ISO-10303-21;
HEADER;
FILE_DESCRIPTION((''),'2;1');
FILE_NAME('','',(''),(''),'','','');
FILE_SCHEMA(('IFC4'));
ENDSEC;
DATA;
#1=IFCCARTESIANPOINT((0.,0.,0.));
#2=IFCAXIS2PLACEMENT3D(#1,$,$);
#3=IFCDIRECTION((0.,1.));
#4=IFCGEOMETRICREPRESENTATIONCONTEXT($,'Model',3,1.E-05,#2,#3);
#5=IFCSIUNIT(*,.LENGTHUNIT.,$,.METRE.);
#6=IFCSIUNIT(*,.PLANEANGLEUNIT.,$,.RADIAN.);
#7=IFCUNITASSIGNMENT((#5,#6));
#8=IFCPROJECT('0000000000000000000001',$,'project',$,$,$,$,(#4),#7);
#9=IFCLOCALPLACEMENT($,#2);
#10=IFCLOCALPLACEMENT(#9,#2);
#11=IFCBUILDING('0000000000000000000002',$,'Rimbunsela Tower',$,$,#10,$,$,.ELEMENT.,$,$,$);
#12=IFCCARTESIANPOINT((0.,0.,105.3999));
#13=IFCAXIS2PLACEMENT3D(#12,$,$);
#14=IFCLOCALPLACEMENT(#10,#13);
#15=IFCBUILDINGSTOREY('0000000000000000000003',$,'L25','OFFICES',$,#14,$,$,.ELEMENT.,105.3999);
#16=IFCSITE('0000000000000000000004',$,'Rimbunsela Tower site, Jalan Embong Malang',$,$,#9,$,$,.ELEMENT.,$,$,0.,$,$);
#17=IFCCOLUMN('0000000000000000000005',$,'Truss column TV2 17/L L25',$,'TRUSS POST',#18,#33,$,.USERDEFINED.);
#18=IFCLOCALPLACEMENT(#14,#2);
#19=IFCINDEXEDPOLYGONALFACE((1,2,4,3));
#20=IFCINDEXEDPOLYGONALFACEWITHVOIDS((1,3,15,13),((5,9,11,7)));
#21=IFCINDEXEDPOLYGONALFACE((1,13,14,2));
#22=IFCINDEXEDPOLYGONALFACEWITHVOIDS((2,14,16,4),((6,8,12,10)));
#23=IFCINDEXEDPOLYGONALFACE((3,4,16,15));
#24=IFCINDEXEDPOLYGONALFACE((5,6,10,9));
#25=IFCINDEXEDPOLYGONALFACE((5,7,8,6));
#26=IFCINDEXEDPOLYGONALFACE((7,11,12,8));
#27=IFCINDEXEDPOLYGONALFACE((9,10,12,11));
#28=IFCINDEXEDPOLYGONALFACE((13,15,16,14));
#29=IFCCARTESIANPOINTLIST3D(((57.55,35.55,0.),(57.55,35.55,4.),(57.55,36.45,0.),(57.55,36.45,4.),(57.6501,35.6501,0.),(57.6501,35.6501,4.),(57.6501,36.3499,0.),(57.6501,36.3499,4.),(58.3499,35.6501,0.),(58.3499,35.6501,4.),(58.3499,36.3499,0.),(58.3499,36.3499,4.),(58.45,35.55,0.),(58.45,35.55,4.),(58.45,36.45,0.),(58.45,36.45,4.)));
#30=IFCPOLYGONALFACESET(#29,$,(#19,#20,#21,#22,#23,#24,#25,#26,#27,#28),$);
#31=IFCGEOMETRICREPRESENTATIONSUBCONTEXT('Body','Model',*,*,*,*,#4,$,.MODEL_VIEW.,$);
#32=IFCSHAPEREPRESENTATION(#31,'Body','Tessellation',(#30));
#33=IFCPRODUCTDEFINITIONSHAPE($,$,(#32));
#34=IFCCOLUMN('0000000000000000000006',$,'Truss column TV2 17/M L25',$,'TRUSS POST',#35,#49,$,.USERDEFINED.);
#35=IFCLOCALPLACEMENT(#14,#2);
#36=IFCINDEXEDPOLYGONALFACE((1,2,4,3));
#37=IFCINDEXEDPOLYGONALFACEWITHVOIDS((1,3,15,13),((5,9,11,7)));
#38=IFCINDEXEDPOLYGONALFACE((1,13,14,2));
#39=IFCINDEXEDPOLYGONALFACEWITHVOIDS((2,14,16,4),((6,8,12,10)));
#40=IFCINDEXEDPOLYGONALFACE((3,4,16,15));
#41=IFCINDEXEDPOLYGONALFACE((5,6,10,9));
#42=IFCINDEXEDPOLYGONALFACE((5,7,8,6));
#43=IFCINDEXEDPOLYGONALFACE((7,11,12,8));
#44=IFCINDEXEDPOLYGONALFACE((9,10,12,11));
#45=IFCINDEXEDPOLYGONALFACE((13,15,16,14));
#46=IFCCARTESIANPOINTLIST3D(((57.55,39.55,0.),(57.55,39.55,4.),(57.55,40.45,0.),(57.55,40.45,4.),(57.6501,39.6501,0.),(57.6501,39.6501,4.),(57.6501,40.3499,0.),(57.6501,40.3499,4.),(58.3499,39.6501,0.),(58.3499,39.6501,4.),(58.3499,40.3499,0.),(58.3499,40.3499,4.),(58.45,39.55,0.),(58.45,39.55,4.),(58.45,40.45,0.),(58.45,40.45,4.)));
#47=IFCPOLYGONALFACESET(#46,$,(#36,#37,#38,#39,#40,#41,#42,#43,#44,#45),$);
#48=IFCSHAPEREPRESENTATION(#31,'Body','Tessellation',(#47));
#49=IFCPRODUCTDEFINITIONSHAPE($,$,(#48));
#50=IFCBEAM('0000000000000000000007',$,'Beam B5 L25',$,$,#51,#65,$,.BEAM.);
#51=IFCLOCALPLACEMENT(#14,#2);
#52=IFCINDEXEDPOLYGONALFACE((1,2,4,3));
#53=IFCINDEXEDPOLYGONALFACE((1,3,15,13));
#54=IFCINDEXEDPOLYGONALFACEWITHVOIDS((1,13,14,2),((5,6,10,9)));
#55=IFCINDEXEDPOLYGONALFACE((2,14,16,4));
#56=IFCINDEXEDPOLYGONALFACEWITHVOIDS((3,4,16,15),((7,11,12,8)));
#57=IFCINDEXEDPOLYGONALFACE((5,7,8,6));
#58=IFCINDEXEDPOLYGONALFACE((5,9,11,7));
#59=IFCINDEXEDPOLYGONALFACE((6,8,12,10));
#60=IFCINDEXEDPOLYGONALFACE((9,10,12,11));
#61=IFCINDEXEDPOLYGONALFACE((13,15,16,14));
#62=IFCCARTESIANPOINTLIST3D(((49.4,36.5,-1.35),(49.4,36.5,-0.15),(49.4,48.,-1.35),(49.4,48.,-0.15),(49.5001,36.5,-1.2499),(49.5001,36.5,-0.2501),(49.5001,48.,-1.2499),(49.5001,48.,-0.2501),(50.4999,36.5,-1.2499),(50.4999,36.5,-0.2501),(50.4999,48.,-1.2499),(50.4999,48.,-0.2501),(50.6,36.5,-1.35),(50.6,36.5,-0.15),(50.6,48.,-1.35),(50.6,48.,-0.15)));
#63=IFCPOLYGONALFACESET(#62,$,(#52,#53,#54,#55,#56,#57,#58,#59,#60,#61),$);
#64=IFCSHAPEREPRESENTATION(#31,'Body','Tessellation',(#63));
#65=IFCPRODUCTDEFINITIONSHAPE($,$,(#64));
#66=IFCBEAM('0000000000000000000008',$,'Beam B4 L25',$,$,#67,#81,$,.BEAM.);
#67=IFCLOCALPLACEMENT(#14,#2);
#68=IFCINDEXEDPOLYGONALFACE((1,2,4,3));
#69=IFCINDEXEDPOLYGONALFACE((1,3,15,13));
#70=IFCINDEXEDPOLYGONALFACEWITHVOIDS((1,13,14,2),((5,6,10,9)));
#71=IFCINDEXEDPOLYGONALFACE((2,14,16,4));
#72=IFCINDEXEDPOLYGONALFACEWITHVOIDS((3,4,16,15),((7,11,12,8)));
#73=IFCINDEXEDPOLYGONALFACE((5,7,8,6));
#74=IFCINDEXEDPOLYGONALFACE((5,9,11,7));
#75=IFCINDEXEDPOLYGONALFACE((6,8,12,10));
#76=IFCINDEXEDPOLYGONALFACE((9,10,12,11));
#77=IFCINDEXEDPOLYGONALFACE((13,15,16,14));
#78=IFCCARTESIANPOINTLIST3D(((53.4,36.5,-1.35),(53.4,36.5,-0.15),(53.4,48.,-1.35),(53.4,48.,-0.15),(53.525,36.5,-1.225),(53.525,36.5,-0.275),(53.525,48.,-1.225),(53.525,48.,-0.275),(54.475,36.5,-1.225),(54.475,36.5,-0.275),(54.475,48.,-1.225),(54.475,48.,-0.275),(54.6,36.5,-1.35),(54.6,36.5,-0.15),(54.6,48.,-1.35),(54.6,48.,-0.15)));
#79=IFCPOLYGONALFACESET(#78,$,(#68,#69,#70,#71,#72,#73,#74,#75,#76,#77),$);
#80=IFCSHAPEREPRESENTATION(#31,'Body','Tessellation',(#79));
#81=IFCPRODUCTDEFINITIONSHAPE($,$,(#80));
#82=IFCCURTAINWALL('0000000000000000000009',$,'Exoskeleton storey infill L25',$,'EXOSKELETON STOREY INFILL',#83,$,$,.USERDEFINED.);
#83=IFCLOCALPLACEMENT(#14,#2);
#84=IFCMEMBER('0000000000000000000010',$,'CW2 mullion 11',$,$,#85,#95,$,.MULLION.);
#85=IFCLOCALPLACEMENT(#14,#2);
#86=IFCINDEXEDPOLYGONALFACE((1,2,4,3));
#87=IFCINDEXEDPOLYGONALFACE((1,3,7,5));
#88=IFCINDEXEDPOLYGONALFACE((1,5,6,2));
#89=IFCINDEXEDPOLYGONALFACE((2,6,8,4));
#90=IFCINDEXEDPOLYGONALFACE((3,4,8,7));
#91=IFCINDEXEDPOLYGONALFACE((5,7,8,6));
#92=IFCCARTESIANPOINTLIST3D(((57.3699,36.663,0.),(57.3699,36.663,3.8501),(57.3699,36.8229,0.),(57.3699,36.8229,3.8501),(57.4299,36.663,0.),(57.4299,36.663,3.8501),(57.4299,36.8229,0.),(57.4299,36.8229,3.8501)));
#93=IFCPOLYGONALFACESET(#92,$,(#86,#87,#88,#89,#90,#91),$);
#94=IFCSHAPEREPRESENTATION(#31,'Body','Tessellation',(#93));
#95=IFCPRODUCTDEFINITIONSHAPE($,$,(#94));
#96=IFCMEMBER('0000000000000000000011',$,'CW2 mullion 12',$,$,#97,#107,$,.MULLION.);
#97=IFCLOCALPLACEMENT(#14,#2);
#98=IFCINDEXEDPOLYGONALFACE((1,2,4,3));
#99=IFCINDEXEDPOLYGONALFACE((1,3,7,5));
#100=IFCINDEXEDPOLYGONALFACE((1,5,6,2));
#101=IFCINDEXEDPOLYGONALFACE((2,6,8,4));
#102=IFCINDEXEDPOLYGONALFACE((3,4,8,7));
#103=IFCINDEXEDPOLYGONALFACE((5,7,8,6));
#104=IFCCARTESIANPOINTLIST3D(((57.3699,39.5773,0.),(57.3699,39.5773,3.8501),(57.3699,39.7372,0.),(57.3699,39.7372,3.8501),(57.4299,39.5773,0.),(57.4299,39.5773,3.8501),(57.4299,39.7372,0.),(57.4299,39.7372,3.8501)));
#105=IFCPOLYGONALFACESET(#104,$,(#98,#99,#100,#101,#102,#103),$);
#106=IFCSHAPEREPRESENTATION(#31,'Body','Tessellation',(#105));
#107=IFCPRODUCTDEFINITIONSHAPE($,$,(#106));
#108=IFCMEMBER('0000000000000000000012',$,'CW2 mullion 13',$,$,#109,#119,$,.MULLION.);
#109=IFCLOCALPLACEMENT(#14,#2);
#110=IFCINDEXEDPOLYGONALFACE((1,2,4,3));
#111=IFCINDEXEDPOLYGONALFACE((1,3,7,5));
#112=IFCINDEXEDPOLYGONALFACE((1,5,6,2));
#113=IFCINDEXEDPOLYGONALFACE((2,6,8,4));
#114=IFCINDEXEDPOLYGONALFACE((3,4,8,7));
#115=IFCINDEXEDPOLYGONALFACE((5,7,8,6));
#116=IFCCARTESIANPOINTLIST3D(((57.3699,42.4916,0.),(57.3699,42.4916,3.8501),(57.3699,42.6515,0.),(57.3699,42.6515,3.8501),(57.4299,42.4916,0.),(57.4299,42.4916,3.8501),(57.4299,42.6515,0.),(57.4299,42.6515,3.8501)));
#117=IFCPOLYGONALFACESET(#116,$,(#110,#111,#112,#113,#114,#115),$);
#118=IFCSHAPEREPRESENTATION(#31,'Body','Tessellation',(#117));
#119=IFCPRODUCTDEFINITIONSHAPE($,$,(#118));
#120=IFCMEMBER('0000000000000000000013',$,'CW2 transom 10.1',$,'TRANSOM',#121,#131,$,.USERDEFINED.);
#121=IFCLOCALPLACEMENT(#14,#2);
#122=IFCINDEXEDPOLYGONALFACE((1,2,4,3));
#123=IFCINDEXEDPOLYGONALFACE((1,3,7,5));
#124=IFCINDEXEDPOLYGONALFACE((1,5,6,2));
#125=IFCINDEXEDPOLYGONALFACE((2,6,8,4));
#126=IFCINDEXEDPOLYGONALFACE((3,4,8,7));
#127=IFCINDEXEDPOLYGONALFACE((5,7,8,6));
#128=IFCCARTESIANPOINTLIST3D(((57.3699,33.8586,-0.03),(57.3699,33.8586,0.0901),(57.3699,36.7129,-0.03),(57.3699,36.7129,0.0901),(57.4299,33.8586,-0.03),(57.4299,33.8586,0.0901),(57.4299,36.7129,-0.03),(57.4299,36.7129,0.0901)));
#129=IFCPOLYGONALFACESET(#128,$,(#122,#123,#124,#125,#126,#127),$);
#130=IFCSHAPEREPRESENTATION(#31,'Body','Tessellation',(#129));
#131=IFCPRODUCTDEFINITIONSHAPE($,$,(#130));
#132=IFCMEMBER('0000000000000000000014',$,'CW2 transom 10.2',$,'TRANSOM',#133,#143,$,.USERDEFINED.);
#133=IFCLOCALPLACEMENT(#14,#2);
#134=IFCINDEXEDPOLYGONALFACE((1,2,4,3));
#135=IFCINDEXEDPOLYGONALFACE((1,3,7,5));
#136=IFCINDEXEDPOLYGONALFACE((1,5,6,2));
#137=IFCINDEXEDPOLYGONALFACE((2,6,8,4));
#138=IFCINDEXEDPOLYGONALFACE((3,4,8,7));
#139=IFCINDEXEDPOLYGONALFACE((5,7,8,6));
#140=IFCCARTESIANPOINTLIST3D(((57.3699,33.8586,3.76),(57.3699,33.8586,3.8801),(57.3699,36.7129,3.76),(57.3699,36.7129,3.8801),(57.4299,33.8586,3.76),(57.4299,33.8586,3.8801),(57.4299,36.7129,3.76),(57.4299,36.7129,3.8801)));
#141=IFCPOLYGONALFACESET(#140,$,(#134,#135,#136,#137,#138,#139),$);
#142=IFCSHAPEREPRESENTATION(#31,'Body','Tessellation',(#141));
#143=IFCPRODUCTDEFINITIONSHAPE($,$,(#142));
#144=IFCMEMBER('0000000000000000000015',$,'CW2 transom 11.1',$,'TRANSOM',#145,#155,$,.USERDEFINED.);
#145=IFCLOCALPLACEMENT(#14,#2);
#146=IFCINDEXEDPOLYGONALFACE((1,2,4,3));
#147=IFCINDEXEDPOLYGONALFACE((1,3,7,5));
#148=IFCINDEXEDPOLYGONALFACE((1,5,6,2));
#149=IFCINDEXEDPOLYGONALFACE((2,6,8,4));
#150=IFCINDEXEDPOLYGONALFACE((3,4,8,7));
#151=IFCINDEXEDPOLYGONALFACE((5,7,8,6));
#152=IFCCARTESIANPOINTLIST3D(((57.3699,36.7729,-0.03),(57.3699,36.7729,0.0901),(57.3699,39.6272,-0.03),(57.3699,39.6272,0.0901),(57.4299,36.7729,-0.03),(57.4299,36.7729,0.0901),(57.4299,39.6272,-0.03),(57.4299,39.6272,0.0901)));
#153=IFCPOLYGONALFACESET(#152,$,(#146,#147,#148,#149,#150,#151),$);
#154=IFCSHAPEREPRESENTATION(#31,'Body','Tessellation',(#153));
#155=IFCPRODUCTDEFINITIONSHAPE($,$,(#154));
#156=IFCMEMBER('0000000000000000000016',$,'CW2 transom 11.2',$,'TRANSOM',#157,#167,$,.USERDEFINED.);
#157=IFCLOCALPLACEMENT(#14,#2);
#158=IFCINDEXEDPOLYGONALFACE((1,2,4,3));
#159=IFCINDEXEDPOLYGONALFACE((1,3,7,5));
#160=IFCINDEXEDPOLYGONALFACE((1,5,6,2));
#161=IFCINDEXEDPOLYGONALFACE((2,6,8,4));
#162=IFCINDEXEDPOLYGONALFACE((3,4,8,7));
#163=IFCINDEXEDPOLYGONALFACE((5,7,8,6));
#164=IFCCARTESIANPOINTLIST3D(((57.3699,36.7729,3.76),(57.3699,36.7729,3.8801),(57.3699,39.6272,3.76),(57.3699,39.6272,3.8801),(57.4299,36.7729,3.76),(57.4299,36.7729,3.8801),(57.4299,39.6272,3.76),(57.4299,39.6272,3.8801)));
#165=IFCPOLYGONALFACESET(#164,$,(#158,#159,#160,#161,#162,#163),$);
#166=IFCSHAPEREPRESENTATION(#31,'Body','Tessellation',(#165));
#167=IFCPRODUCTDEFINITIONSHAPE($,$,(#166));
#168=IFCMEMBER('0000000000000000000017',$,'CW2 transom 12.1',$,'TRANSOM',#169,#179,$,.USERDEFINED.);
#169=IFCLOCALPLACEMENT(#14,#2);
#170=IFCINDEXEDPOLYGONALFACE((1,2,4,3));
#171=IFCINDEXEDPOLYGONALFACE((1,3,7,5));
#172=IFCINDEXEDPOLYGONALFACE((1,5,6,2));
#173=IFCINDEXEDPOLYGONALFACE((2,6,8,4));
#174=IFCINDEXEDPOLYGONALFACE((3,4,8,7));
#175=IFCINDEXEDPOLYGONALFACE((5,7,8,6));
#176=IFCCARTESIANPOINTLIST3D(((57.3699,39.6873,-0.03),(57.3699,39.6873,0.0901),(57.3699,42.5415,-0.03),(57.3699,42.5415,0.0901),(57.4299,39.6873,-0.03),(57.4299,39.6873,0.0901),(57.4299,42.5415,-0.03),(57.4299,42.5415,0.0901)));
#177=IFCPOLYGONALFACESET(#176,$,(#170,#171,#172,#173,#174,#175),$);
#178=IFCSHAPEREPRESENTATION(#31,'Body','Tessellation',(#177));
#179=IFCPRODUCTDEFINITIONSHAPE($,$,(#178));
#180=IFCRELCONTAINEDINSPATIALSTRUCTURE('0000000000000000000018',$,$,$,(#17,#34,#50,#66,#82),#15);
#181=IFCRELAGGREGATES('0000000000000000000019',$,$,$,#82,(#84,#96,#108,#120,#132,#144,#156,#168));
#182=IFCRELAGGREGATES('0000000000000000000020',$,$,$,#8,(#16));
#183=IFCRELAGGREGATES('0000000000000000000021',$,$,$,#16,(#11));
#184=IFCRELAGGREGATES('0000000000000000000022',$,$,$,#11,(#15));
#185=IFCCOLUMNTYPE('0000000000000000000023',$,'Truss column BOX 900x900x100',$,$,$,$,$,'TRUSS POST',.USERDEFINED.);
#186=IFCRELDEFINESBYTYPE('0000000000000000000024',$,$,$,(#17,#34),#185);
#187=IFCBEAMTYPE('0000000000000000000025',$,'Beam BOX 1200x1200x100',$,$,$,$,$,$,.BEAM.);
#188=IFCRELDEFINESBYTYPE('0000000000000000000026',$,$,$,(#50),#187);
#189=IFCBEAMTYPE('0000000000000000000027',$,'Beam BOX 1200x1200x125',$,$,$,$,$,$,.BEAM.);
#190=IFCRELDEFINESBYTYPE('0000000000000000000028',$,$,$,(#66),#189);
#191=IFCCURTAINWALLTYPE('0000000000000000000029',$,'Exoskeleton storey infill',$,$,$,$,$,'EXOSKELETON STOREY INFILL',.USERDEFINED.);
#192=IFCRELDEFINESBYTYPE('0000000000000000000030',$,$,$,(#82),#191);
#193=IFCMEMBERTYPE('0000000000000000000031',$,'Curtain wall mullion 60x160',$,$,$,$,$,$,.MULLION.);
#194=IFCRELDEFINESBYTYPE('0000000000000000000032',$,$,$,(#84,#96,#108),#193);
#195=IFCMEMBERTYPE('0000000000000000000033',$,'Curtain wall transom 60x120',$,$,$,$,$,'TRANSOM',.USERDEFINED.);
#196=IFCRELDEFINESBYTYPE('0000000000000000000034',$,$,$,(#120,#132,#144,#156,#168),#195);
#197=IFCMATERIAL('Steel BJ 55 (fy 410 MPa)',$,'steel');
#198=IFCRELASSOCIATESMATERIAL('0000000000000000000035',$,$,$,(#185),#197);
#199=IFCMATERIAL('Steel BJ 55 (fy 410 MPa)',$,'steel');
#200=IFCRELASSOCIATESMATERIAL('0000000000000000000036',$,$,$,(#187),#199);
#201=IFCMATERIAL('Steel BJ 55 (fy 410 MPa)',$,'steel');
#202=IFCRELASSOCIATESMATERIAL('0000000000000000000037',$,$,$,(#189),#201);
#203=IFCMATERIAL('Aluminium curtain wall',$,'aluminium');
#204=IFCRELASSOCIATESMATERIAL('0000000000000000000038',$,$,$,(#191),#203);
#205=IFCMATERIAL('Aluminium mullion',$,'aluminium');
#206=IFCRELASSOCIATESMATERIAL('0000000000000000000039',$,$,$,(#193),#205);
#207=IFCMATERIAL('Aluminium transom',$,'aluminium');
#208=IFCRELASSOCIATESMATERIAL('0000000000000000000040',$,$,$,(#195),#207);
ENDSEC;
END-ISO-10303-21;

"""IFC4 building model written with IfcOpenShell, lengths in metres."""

from ifc_helpers import new_model, si_unit, direction, frame, origin, origin_2d, place, context, subcontext, project, spatial, rectangle, hollow_rectangle, extrude, material, material_profile, profile_set, type_object, element, aggregate, save


model = new_model("IFC4")

# Units and contexts
model_context = context("Model", 3, precision=1e-05, world=origin(), true_north=direction((0.0, 1.0)))
body_context = subcontext(model_context, "Body", "Model", "MODEL_VIEW")
ifc_project = project(units=[si_unit("LENGTHUNIT", "METRE"), si_unit("PLANEANGLEUNIT", "RADIAN")], contexts=[model_context])

# Site, building, storey
site_placement = place(None, origin())
site = spatial("IfcSite", under=ifc_project, at=site_placement, Name="Rimbunsela Tower site, Jalan Embong Malang", CompositionType="ELEMENT", RefElevation=0.0)
building_placement = place(site_placement, origin())
building = spatial("IfcBuilding", under=site, at=building_placement, Name="Rimbunsela Tower", CompositionType="ELEMENT")
storey_placement = place(building_placement, frame((0.0, 0.0, 105.3999)))
storey = spatial("IfcBuildingStorey", under=building, at=storey_placement, Name="L25", Description="OFFICES", CompositionType="ELEMENT", Elevation=105.3999)

# Columns
ifc_material_1 = material(Name="Steel BJ 55 (fy 410 MPa)", Category="steel")
ifc_material_profile_1 = material_profile(ifc_material_1, hollow_rectangle(XDim=0.8999, YDim=0.8999, WallThickness=0.1001, at=origin_2d()), Name="BOX 900x900x100")
ifc_profile_set_1 = profile_set([ifc_material_profile_1], Name="Steel BJ 55 (fy 410 MPa)")
column_type = type_object("IfcColumnType", Name="Truss column BOX 900x900x100", ElementType="TRUSS POST", PredefinedType="USERDEFINED", material=ifc_profile_set_1)
for number, where, z_axis, x_axis, name in (
    (1, (58.0, 36.0, 0.0), (0.0, 0.0, 1.0), (1.0, 0.0, 0.0), "Truss column TV2 17/L L25"),
    (2, (58.0, 40.0, 0.0), (0.0, 0.0, 1.0), (1.0, 0.0, 0.0), "Truss column TV2 17/M L25"),
):
    element("IfcColumn", number, at=place(storey_placement, frame(where, z_axis=z_axis, x_axis=x_axis)), inside=storey, type_object=column_type, Name=name, ObjectType="TRUSS POST", PredefinedType="USERDEFINED", context=body_context, shape_type="SweptSolid", body=[
        extrude(hollow_rectangle(XDim=0.8999, YDim=0.8999, WallThickness=0.1001, at=origin_2d()), origin(), (0.0, 0.0, 1.0), 4.0),
    ])

# Beams
ifc_material_2 = material(Name="Steel BJ 55 (fy 410 MPa)", Category="steel")
ifc_material_profile_2 = material_profile(ifc_material_2, hollow_rectangle(XDim=1.2, YDim=1.2, WallThickness=0.1001, at=origin_2d()), Name="BOX 1200x1200x100")
ifc_profile_set_2 = profile_set([ifc_material_profile_2], Name="Steel BJ 55 (fy 410 MPa)")
beam_type_1 = type_object("IfcBeamType", Name="Beam BOX 1200x1200x100", PredefinedType="BEAM", material=ifc_profile_set_2)
beam_1_placement = place(storey_placement, frame((50.0, 36.5, -0.75), z_axis=(0.0, 1.0, 0.0), x_axis=(-1.0, 0.0, 0.0)))
element("IfcBeam", 3, at=beam_1_placement, inside=storey, type_object=beam_type_1, Name="Beam B5 L25", PredefinedType="BEAM", context=body_context, shape_type="SweptSolid", body=[
    extrude(hollow_rectangle(XDim=1.2, YDim=1.2, WallThickness=0.1001, at=origin_2d()), origin(), (0.0, 0.0, 1.0), 11.5),
])
ifc_material_3 = material(Name="Steel BJ 55 (fy 410 MPa)", Category="steel")
ifc_material_profile_3 = material_profile(ifc_material_3, hollow_rectangle(XDim=1.2, YDim=1.2, WallThickness=0.125, at=origin_2d()), Name="BOX 1200x1200x125")
ifc_profile_set_3 = profile_set([ifc_material_profile_3], Name="Steel BJ 55 (fy 410 MPa)")
beam_type_2 = type_object("IfcBeamType", Name="Beam BOX 1200x1200x125", PredefinedType="BEAM", material=ifc_profile_set_3)
beam_2_placement = place(storey_placement, frame((54.0, 36.5, -0.75), z_axis=(0.0, 1.0, 0.0), x_axis=(-1.0, 0.0, 0.0)))
element("IfcBeam", 4, at=beam_2_placement, inside=storey, type_object=beam_type_2, Name="Beam B4 L25", PredefinedType="BEAM", context=body_context, shape_type="SweptSolid", body=[
    extrude(hollow_rectangle(XDim=1.2, YDim=1.2, WallThickness=0.125, at=origin_2d()), origin(), (0.0, 0.0, 1.0), 11.5),
])

# Curtain wall, members
ifc_material_4 = material(Name="Aluminium curtain wall", Category="aluminium")
curtain_wall_type = type_object("IfcCurtainWallType", Name="Exoskeleton storey infill", ElementType="EXOSKELETON STOREY INFILL", PredefinedType="USERDEFINED", material=ifc_material_4)
curtain_wall_placement = place(storey_placement, origin())
curtain_wall = element("IfcCurtainWall", 5, at=curtain_wall_placement, inside=storey, type_object=curtain_wall_type, Name="Exoskeleton storey infill L25", ObjectType="EXOSKELETON STOREY INFILL", PredefinedType="USERDEFINED")
ifc_material_5 = material(Name="Aluminium mullion", Category="aluminium")
ifc_material_profile_4 = material_profile(ifc_material_5, rectangle(XDim=0.0601, YDim=0.1599, at=origin_2d()), Name="Mullion 60x160")
ifc_profile_set_4 = profile_set([ifc_material_profile_4], Name="Aluminium mullion")
member_type_1 = type_object("IfcMemberType", Name="Curtain wall mullion 60x160", PredefinedType="MULLION", material=ifc_profile_set_4)
member_1_placement = place(storey_placement, frame((57.3999, 36.7429, 0.0), z_axis=(0.0, 0.0, 1.0), x_axis=(-1.0, 0.0, 0.0)))
member_1 = element("IfcMember", 6, at=member_1_placement, type_object=member_type_1, Name="CW2 mullion 11", PredefinedType="MULLION", context=body_context, shape_type="SweptSolid", body=[
    extrude(rectangle(XDim=0.0601, YDim=0.1599, at=origin_2d()), origin(), (0.0, 0.0, 1.0), 3.8501),
])
member_2_placement = place(storey_placement, frame((57.3999, 39.6572, 0.0), z_axis=(0.0, 0.0, 1.0), x_axis=(-1.0, 0.0, 0.0)))
member_2 = element("IfcMember", 7, at=member_2_placement, type_object=member_type_1, Name="CW2 mullion 12", PredefinedType="MULLION", context=body_context, shape_type="SweptSolid", body=[
    extrude(rectangle(XDim=0.0601, YDim=0.1599, at=origin_2d()), origin(), (0.0, 0.0, 1.0), 3.8501),
])
member_3_placement = place(storey_placement, frame((57.3999, 42.5715, 0.0), z_axis=(0.0, 0.0, 1.0), x_axis=(-1.0, 0.0, 0.0)))
member_3 = element("IfcMember", 8, at=member_3_placement, type_object=member_type_1, Name="CW2 mullion 13", PredefinedType="MULLION", context=body_context, shape_type="SweptSolid", body=[
    extrude(rectangle(XDim=0.0601, YDim=0.1599, at=origin_2d()), origin(), (0.0, 0.0, 1.0), 3.8501),
])
ifc_material_6 = material(Name="Aluminium transom", Category="aluminium")
ifc_material_profile_5 = material_profile(ifc_material_6, rectangle(XDim=0.0601, YDim=0.1201, at=origin_2d()), Name="Transom 60x120")
ifc_profile_set_5 = profile_set([ifc_material_profile_5], Name="Aluminium transom")
member_type_2 = type_object("IfcMemberType", Name="Curtain wall transom 60x120", ElementType="TRANSOM", PredefinedType="USERDEFINED", material=ifc_profile_set_5)
member_4_placement = place(storey_placement, frame((57.3999, 33.8586, 0.03), z_axis=(0.0, 1.0, 0.0), x_axis=(-1.0, 0.0, 0.0)))
member_4 = element("IfcMember", 9, at=member_4_placement, type_object=member_type_2, Name="CW2 transom 10.1", ObjectType="TRANSOM", PredefinedType="USERDEFINED", context=body_context, shape_type="SweptSolid", body=[
    extrude(rectangle(XDim=0.0601, YDim=0.1201, at=origin_2d()), origin(), (0.0, 0.0, 1.0), 2.8542),
])
member_5_placement = place(storey_placement, frame((57.3999, 33.8586, 3.8201), z_axis=(0.0, 1.0, 0.0), x_axis=(-1.0, 0.0, 0.0)))
member_5 = element("IfcMember", 10, at=member_5_placement, type_object=member_type_2, Name="CW2 transom 10.2", ObjectType="TRANSOM", PredefinedType="USERDEFINED", context=body_context, shape_type="SweptSolid", body=[
    extrude(rectangle(XDim=0.0601, YDim=0.1201, at=origin_2d()), origin(), (0.0, 0.0, 1.0), 2.8542),
])
member_6_placement = place(storey_placement, frame((57.3999, 36.7729, 0.03), z_axis=(0.0, 1.0, 0.0), x_axis=(-1.0, 0.0, 0.0)))
member_6 = element("IfcMember", 11, at=member_6_placement, type_object=member_type_2, Name="CW2 transom 11.1", ObjectType="TRANSOM", PredefinedType="USERDEFINED", context=body_context, shape_type="SweptSolid", body=[
    extrude(rectangle(XDim=0.0601, YDim=0.1201, at=origin_2d()), origin(), (0.0, 0.0, 1.0), 2.8542),
])
member_7_placement = place(storey_placement, frame((57.3999, 36.7729, 3.8201), z_axis=(0.0, 1.0, 0.0), x_axis=(-1.0, 0.0, 0.0)))
member_7 = element("IfcMember", 12, at=member_7_placement, type_object=member_type_2, Name="CW2 transom 11.2", ObjectType="TRANSOM", PredefinedType="USERDEFINED", context=body_context, shape_type="SweptSolid", body=[
    extrude(rectangle(XDim=0.0601, YDim=0.1201, at=origin_2d()), origin(), (0.0, 0.0, 1.0), 2.8542),
])
member_8_placement = place(storey_placement, frame((57.3999, 39.6873, 0.03), z_axis=(0.0, 1.0, 0.0), x_axis=(-1.0, 0.0, 0.0)))
member_8 = element("IfcMember", 13, at=member_8_placement, type_object=member_type_2, Name="CW2 transom 12.1", ObjectType="TRANSOM", PredefinedType="USERDEFINED", context=body_context, shape_type="SweptSolid", body=[
    extrude(rectangle(XDim=0.0601, YDim=0.1201, at=origin_2d()), origin(), (0.0, 0.0, 1.0), 2.8542),
])

aggregate(curtain_wall, [member_1, member_2, member_3, member_4, member_5, member_6, member_7, member_8])

save(model, "model.ifc")
